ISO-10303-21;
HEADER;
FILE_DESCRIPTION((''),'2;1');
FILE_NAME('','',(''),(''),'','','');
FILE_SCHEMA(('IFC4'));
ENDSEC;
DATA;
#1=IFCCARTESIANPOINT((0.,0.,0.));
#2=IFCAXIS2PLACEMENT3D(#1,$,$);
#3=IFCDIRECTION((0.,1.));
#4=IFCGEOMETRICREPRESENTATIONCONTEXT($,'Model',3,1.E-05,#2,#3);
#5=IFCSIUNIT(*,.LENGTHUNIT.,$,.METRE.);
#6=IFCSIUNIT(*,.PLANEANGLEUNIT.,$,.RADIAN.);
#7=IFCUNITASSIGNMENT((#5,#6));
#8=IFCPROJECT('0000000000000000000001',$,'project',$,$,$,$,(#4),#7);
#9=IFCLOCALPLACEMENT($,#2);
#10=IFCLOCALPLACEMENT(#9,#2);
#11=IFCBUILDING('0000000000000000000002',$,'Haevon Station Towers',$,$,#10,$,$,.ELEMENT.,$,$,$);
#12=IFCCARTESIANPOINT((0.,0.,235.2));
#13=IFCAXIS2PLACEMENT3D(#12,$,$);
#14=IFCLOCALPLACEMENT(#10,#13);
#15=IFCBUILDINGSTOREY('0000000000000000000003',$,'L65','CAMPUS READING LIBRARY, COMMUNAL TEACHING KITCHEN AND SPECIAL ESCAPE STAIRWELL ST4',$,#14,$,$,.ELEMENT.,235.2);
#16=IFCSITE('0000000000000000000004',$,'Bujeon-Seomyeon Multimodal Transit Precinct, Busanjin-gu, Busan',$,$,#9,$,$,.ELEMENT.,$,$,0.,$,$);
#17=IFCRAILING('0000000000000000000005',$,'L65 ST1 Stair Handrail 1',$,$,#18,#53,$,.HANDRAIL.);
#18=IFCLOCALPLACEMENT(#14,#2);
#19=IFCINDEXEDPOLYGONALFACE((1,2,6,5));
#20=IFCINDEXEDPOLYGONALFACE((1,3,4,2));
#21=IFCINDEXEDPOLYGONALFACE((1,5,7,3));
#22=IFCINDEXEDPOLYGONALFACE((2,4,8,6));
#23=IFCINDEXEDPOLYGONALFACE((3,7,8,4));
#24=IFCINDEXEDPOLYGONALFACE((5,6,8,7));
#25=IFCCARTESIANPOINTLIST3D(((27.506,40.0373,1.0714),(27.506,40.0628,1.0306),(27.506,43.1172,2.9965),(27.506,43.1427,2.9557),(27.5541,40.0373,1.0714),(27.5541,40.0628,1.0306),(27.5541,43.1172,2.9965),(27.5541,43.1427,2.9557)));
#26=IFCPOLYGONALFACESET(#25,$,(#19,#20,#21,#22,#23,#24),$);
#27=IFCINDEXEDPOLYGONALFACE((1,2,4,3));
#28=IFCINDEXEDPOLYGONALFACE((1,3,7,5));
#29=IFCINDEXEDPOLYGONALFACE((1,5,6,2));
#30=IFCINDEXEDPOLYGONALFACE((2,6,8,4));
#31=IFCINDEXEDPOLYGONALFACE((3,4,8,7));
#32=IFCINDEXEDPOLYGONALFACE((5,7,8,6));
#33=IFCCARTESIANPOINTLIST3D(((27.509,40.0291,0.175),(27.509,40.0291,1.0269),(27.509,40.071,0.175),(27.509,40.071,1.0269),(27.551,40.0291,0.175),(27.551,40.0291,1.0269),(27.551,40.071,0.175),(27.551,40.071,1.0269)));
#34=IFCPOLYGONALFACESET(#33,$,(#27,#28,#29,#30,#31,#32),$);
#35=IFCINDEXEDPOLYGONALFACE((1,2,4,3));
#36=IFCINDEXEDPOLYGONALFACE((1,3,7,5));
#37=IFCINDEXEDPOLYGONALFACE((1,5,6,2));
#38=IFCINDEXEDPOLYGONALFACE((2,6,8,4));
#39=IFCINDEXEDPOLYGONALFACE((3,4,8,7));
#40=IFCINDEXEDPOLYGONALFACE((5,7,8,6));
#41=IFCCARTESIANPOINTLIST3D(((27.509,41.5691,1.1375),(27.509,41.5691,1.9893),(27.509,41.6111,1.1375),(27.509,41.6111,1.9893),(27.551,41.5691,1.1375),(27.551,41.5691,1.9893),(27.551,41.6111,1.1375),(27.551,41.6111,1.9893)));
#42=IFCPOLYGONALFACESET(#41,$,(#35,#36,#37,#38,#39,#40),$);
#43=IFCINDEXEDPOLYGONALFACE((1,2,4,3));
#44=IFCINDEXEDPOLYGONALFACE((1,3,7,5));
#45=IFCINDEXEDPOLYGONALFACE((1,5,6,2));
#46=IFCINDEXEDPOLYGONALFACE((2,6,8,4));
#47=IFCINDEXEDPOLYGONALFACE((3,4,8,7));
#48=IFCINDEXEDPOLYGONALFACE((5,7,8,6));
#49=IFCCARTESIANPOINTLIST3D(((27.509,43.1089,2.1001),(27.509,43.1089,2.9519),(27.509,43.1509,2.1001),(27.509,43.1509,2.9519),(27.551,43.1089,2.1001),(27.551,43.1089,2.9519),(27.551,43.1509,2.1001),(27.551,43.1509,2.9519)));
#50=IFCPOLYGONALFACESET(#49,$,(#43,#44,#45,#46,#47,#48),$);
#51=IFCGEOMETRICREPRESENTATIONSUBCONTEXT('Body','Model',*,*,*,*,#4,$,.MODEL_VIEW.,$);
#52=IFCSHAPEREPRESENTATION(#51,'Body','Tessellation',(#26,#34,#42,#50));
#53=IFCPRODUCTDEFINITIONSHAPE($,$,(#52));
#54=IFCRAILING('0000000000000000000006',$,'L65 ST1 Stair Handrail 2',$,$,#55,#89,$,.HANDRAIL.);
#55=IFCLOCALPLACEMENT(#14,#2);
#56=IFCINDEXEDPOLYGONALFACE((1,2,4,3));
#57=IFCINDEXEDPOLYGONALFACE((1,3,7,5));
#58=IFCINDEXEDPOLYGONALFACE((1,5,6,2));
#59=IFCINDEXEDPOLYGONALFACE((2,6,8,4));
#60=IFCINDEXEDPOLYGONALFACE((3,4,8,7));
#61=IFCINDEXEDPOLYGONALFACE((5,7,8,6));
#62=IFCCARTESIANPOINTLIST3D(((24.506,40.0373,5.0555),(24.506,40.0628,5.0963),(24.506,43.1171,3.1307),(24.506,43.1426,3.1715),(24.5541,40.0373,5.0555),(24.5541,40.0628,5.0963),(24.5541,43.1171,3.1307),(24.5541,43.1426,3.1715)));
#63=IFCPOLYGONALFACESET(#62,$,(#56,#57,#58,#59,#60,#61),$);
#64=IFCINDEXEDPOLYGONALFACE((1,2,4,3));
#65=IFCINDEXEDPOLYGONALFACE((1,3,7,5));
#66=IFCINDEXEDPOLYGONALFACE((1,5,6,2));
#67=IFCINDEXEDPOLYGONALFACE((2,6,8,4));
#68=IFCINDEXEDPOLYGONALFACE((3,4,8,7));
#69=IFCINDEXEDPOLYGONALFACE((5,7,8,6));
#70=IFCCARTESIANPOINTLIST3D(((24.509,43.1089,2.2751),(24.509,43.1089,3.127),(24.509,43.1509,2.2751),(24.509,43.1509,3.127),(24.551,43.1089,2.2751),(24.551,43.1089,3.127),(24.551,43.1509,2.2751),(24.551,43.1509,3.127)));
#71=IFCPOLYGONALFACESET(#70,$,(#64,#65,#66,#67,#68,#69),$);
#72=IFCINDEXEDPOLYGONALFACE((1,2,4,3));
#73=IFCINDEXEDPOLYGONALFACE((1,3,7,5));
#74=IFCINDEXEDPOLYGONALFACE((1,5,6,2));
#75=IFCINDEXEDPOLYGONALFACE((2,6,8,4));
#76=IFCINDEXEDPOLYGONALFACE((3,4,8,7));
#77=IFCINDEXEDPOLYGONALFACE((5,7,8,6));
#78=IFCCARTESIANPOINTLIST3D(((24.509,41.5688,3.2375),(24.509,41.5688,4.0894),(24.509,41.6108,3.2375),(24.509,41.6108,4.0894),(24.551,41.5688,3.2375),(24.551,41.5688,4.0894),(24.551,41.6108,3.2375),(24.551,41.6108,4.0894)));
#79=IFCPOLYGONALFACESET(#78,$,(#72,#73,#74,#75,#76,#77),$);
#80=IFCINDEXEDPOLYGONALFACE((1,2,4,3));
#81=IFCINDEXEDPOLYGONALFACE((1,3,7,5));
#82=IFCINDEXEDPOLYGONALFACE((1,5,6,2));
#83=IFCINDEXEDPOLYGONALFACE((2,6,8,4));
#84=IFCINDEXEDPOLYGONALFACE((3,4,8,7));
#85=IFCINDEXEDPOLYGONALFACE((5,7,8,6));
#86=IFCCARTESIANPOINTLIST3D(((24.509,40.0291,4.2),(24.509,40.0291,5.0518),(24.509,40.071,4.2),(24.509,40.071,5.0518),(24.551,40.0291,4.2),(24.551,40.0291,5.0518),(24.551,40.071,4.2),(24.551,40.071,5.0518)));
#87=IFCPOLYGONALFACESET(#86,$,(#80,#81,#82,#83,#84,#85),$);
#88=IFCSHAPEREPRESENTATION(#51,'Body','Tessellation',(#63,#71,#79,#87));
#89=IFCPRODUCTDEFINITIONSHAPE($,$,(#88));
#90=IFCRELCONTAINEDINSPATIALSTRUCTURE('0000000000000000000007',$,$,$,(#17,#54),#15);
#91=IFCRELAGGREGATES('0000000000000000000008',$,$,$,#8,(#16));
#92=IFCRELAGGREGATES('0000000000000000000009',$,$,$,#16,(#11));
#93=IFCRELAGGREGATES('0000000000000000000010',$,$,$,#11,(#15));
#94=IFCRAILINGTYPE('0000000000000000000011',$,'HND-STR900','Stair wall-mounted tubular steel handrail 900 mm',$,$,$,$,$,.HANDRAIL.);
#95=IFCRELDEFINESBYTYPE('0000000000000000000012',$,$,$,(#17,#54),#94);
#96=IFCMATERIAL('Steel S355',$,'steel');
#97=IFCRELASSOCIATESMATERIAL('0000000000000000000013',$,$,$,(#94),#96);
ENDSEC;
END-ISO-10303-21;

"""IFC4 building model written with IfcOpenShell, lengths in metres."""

from ifc_helpers import new_model, si_unit, direction, frame, origin, origin_2d, place, context, subcontext, project, spatial, rectangle, extrude, material, type_object, element, save


model = new_model("IFC4")

# Units and contexts
model_context = context("Model", 3, precision=1e-05, world=origin(), true_north=direction((0.0, 1.0)))
body_context = subcontext(model_context, "Body", "Model", "MODEL_VIEW")
ifc_project = project(units=[si_unit("LENGTHUNIT", "METRE"), si_unit("PLANEANGLEUNIT", "RADIAN")], contexts=[model_context])

# Site, building, storey
site_placement = place(None, origin())
site = spatial("IfcSite", under=ifc_project, at=site_placement, Name="Bujeon-Seomyeon Multimodal Transit Precinct, Busanjin-gu, Busan", CompositionType="ELEMENT", RefElevation=0.0)
building_placement = place(site_placement, origin())
building = spatial("IfcBuilding", under=site, at=building_placement, Name="Haevon Station Towers", CompositionType="ELEMENT")
storey_placement = place(building_placement, frame((0.0, 0.0, 235.2)))
storey = spatial("IfcBuildingStorey", under=building, at=storey_placement, Name="L65", Description="CAMPUS READING LIBRARY, COMMUNAL TEACHING KITCHEN AND SPECIAL ESCAPE STAIRWELL ST4", CompositionType="ELEMENT", Elevation=235.2)

# Shared definitions
ifc_material_1 = material(Name="Steel S355", Category="steel")

# Railings
railing_type_1 = type_object("IfcRailingType", Name="HND-STR900", Description="Stair wall-mounted tubular steel handrail 900 mm", PredefinedType="HANDRAIL", material=ifc_material_1)
railing_1_placement = place(storey_placement, frame((27.53, 40.05, 0.175)))
element("IfcRailing", 1, at=railing_1_placement, inside=storey, type_object=railing_type_1, Name="L65 ST1 Stair Handrail 1", PredefinedType="HANDRAIL", context=body_context, shape_type="SweptSolid", body=[
    extrude(rectangle(XDim=0.0481, YDim=0.0481, at=origin_2d()), frame((0.0, 0.0, 0.876), z_axis=(0.0, 0.847979, 0.530029), x_axis=(-1.0, 0.0, 0.0)), (0.0, 0.0, 1.0), 3.6321),
    extrude(rectangle(XDim=0.042, YDim=0.042, at=origin_2d()), origin(), (0.0, 0.0, 1.0), 0.8518),
    extrude(rectangle(XDim=0.042, YDim=0.042, at=origin_2d()), frame((0.0, 1.54, 0.9624)), (0.0, 0.0, 1.0), 0.8518),
    extrude(rectangle(XDim=0.042, YDim=0.042, at=origin_2d()), frame((0.0, 3.0798, 1.925)), (0.0, 0.0, 1.0), 0.8518),
])
railing_2_placement = place(storey_placement, frame((24.53, 43.1299, 2.2751)))
element("IfcRailing", 2, at=railing_2_placement, inside=storey, type_object=railing_type_1, Name="L65 ST1 Stair Handrail 2", PredefinedType="HANDRAIL", context=body_context, shape_type="SweptSolid", body=[
    extrude(rectangle(XDim=0.0481, YDim=0.0481, at=origin_2d()), frame((0.0, 0.0, 0.876), z_axis=(0.0, -0.84801, 0.529981), x_axis=(1.0, 0.0, 0.0)), (0.0, 0.0, 1.0), 3.6318),
    extrude(rectangle(XDim=0.042, YDim=0.042, at=origin_2d()), origin(), (0.0, 0.0, 1.0), 0.8518),
    extrude(rectangle(XDim=0.042, YDim=0.042, at=origin_2d()), frame((0.0, -1.54, 0.9624)), (0.0, 0.0, 1.0), 0.8518),
    extrude(rectangle(XDim=0.042, YDim=0.042, at=origin_2d()), frame((0.0, -3.0798, 1.9248)), (0.0, 0.0, 1.0), 0.8518),
])

save(model, "model.ifc")
